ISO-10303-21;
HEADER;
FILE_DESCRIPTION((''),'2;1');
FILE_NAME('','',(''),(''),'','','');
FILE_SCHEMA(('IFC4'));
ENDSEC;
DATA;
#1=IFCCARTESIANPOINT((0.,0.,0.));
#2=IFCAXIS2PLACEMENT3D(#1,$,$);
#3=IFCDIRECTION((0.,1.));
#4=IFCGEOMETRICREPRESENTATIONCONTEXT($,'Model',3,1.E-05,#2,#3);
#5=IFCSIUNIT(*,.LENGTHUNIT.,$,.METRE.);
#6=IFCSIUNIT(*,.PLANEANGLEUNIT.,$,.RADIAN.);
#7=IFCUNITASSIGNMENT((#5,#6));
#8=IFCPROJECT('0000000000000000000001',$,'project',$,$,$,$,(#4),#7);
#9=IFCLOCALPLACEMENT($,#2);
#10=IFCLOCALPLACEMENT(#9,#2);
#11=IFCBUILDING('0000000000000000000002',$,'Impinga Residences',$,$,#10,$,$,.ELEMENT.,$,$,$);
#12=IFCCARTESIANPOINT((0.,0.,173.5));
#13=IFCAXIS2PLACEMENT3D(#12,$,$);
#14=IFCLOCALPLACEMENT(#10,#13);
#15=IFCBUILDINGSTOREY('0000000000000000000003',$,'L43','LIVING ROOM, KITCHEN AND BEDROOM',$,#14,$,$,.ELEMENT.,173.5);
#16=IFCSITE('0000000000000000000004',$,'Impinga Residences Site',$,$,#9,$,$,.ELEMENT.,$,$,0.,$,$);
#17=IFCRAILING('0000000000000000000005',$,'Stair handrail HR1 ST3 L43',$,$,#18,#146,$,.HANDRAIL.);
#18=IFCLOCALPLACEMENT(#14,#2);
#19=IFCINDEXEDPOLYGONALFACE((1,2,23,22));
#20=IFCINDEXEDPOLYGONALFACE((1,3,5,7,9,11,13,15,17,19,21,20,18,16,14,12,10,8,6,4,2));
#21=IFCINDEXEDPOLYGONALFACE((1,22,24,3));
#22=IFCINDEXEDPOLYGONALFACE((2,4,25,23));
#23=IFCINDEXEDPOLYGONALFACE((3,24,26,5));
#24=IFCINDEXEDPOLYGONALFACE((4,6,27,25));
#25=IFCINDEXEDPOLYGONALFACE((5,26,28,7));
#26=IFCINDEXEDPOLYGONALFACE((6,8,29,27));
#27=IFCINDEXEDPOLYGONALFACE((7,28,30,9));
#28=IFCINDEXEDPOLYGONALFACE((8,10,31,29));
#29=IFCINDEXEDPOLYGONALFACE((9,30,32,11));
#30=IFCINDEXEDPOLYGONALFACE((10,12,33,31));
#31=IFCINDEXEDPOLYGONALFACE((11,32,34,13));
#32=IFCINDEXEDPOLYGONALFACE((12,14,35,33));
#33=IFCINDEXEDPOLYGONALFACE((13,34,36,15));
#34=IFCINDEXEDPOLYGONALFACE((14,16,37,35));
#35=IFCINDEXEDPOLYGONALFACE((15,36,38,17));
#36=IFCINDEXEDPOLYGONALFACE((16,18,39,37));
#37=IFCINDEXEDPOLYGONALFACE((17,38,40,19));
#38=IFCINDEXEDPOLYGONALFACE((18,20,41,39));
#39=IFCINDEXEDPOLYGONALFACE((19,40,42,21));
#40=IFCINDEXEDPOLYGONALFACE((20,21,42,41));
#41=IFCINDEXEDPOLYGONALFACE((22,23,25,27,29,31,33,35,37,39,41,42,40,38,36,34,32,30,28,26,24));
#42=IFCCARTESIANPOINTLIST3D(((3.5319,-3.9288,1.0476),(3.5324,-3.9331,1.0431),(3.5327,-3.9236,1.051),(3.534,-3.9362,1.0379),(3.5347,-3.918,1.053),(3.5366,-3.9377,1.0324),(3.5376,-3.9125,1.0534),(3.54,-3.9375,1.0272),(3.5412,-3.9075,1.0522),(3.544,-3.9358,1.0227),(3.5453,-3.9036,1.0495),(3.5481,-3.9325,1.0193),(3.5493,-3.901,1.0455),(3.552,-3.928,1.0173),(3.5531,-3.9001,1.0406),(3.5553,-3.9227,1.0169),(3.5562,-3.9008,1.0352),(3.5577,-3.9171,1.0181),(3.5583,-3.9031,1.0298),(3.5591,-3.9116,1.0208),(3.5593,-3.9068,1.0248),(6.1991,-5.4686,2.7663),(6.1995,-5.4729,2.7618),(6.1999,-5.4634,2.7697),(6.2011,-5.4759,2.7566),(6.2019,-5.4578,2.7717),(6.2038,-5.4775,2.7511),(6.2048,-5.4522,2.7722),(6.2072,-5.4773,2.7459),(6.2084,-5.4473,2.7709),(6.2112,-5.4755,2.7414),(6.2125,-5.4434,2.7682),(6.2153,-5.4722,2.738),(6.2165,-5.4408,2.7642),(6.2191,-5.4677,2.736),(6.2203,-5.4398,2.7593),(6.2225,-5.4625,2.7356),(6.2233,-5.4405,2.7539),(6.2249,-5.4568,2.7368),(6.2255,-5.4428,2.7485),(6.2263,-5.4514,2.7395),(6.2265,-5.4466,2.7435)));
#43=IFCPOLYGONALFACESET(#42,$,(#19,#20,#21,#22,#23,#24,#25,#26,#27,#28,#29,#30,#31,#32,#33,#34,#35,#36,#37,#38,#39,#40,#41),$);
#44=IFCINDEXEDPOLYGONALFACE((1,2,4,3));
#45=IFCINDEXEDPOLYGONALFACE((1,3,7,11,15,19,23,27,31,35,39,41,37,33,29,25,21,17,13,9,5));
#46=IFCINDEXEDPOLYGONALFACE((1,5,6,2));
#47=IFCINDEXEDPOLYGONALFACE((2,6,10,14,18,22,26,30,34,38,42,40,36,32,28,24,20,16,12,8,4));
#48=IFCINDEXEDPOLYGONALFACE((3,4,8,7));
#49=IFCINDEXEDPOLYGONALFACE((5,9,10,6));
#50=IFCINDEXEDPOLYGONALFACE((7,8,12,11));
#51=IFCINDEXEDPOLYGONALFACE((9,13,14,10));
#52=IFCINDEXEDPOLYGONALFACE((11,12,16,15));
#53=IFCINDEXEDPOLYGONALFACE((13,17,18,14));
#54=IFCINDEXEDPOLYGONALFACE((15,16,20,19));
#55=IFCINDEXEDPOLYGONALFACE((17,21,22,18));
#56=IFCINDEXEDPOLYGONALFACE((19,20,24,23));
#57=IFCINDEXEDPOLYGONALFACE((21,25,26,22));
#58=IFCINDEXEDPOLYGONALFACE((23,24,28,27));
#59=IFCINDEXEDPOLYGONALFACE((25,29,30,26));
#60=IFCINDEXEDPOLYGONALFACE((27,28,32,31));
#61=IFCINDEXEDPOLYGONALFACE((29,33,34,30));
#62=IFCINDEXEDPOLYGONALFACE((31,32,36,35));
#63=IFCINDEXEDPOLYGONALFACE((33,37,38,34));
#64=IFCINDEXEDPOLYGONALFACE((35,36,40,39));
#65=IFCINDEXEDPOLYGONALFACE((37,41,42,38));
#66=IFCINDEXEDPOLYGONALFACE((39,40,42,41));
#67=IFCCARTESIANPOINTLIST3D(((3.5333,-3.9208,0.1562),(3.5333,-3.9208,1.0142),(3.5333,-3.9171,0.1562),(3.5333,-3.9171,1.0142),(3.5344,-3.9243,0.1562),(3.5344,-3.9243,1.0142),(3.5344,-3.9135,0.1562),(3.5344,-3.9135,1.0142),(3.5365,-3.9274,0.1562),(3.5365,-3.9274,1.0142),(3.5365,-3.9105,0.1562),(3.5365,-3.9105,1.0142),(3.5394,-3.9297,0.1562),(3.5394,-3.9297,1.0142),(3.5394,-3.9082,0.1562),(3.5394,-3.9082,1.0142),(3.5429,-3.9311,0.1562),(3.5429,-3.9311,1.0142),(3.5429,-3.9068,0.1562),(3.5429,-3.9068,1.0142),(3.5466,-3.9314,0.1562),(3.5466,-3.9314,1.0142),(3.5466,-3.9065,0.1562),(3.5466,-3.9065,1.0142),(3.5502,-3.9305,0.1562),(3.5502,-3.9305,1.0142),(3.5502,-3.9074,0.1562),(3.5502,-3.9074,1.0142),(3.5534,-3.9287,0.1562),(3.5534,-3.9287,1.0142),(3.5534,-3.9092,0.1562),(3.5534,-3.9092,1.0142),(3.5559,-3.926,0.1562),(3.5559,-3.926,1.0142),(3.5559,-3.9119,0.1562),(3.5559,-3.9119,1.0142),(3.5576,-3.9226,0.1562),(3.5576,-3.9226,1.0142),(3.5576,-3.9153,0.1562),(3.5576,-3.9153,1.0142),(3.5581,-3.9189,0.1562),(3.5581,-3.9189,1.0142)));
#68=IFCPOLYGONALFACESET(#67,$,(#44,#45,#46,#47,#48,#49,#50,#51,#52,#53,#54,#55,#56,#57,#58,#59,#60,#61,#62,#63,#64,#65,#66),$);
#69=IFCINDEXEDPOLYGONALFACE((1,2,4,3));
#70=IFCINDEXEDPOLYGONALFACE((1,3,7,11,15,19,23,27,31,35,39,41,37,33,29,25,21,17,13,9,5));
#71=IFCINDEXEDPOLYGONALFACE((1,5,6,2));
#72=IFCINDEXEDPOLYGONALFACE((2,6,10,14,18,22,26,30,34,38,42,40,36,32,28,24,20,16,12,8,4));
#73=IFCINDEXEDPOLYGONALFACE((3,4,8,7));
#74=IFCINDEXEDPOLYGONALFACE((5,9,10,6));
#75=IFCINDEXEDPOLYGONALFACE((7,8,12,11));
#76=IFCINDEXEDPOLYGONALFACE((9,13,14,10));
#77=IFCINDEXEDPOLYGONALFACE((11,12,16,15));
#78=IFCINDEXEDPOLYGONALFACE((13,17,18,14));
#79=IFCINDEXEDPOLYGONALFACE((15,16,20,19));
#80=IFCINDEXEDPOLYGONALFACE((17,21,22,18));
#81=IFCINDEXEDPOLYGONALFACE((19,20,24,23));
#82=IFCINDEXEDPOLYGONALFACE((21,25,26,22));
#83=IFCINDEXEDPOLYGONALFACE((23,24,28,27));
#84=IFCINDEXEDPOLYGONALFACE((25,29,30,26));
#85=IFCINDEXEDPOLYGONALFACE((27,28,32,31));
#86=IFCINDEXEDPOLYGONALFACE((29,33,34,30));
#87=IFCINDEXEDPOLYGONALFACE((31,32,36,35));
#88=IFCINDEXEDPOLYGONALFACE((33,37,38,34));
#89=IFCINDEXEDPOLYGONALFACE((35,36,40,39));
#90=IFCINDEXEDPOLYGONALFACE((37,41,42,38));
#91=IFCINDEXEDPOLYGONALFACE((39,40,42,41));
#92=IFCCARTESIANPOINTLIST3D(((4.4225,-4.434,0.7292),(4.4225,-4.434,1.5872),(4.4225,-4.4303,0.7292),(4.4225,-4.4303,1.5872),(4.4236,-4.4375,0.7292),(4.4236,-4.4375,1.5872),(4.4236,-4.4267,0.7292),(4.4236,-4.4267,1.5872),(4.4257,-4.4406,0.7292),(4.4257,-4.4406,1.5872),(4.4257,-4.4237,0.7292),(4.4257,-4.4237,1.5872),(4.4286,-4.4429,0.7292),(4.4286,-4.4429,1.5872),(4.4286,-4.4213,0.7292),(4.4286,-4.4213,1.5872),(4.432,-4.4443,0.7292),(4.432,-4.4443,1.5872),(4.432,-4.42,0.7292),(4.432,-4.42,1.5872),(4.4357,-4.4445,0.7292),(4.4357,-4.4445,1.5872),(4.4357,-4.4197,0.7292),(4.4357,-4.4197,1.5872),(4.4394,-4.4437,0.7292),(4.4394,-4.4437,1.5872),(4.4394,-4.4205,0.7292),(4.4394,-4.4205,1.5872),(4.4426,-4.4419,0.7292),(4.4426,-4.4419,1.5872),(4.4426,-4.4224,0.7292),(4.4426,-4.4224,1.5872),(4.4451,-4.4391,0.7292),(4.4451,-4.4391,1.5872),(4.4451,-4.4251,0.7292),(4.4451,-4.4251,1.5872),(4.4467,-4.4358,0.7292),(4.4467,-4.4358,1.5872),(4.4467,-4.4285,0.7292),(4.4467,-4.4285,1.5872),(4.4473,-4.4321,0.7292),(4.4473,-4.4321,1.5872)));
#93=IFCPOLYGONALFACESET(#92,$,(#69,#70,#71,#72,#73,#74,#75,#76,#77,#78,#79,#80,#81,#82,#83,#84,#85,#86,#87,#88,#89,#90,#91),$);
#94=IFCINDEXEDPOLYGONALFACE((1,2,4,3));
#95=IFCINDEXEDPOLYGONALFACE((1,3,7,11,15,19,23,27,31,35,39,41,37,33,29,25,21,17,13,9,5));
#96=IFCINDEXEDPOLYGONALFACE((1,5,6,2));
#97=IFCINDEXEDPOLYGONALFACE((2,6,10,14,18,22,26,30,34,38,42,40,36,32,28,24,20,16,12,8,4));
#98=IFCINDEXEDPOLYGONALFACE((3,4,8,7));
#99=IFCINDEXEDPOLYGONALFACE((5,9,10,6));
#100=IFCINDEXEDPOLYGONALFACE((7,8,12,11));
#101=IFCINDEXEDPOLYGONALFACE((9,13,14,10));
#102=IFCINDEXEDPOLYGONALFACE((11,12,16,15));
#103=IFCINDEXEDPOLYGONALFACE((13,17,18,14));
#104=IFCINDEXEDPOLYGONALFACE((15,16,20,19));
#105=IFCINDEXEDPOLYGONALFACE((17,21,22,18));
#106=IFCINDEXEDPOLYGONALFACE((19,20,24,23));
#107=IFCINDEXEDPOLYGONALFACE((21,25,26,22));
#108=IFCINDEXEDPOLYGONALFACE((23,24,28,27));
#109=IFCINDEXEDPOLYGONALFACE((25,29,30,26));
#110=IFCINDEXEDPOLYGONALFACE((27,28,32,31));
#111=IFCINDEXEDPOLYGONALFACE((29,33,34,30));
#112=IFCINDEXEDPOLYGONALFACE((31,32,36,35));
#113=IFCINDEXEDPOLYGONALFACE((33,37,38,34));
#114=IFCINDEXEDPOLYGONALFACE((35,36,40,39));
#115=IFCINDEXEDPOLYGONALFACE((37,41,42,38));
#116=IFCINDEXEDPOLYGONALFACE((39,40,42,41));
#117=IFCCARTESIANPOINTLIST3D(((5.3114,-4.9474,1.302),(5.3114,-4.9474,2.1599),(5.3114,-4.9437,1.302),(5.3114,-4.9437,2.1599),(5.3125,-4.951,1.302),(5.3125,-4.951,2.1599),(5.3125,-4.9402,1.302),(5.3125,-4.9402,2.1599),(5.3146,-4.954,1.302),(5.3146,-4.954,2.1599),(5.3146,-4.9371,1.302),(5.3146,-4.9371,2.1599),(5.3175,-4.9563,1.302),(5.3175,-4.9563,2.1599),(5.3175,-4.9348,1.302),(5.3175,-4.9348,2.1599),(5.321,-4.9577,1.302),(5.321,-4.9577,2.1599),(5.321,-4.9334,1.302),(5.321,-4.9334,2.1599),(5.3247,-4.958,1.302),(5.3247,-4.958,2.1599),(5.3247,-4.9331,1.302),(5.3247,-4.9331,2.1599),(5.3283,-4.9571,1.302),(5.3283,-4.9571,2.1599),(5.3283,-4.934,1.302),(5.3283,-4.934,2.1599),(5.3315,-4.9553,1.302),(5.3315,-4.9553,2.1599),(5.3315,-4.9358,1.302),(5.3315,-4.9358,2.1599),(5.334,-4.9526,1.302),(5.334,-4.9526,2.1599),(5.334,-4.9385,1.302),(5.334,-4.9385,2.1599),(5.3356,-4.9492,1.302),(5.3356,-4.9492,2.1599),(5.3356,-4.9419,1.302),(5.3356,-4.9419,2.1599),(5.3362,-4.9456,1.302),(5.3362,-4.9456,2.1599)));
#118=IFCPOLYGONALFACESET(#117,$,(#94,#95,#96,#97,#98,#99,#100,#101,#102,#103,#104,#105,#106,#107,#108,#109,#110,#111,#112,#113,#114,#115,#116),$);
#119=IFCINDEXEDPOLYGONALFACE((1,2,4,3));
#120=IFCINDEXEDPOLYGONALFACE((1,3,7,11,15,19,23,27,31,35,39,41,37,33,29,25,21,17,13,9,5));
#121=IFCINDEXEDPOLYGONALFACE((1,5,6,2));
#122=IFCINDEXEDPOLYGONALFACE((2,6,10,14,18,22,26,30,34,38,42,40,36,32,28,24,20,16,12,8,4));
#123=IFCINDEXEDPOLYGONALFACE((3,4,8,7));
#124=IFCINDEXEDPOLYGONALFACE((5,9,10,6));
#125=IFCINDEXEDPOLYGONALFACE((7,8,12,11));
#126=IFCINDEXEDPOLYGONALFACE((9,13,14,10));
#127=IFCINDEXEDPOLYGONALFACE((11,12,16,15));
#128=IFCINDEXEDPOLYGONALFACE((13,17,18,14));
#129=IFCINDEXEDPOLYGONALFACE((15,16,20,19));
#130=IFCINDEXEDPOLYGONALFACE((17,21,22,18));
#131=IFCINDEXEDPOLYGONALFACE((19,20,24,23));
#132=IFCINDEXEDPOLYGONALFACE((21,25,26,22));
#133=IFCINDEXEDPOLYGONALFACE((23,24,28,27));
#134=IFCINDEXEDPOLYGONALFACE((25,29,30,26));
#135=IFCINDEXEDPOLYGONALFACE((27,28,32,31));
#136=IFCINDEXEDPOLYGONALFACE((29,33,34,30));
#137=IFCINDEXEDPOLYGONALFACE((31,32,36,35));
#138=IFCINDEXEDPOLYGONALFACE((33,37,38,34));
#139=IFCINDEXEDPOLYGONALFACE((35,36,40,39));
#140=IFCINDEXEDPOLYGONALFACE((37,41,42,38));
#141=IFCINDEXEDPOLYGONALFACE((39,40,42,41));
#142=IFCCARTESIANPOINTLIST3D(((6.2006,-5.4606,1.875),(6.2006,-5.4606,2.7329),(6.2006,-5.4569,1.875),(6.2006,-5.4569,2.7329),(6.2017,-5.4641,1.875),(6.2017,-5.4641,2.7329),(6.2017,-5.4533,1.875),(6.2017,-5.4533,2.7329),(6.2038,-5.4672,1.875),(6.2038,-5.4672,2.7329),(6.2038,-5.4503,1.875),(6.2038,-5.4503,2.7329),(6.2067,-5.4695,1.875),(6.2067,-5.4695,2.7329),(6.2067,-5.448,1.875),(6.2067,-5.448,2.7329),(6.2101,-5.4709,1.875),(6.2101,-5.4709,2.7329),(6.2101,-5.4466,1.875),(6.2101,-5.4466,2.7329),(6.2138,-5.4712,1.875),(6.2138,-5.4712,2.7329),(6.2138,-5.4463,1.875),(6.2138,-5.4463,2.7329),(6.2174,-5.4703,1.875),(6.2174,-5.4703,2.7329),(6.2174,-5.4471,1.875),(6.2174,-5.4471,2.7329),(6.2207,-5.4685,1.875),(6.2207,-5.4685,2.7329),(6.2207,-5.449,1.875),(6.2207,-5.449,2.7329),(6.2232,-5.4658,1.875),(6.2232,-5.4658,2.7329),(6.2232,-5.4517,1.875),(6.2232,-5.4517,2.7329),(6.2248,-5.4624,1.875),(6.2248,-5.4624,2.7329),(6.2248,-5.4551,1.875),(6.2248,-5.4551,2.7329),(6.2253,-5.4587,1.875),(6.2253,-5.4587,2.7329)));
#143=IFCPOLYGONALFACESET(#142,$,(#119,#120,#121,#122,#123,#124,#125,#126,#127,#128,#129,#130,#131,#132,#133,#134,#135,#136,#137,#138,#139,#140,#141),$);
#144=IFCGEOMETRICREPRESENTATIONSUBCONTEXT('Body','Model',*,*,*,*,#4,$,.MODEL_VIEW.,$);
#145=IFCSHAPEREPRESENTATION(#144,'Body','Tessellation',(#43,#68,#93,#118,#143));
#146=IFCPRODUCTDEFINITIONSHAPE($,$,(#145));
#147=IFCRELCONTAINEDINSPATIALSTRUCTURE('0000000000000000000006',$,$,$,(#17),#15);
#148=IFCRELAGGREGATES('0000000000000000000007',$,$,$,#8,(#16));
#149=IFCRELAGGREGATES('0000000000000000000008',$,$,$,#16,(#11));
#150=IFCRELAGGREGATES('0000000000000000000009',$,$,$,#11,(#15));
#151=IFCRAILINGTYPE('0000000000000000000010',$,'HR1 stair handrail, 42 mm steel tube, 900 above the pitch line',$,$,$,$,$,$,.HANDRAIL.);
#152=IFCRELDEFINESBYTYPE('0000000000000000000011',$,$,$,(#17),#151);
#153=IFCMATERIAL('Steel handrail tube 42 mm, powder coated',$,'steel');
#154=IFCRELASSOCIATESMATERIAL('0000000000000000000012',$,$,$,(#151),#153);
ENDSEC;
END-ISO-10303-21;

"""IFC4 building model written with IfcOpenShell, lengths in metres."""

from ifc_helpers import new_model, si_unit, direction, frame, origin, origin_2d, place, context, subcontext, project, spatial, circle, extrude, material, type_object, element, save


model = new_model("IFC4")

# Units and contexts
model_context = context("Model", 3, precision=1e-05, world=origin(), true_north=direction((0.0, 1.0)))
body_context = subcontext(model_context, "Body", "Model", "MODEL_VIEW")
ifc_project = project(units=[si_unit("LENGTHUNIT", "METRE"), si_unit("PLANEANGLEUNIT", "RADIAN")], contexts=[model_context])

# Site, building, storey
site_placement = place(None, origin())
site = spatial("IfcSite", under=ifc_project, at=site_placement, Name="Impinga Residences Site", CompositionType="ELEMENT", RefElevation=0.0)
building_placement = place(site_placement, origin())
building = spatial("IfcBuilding", under=site, at=building_placement, Name="Impinga Residences", CompositionType="ELEMENT")
storey_placement = place(building_placement, frame((0.0, 0.0, 173.5)))
storey = spatial("IfcBuildingStorey", under=building, at=storey_placement, Name="L43", Description="LIVING ROOM, KITCHEN AND BEDROOM", CompositionType="ELEMENT", Elevation=173.5)

# Railing
ifc_material_1 = material(Name="Steel handrail tube 42 mm, powder coated", Category="steel")
railing_type_1 = type_object("IfcRailingType", Name="HR1 stair handrail, 42 mm steel tube, 900 above the pitch line", PredefinedType="HANDRAIL", material=ifc_material_1)
railing_1_placement = place(storey_placement, frame((3.5457, -3.9189, 0.1562)))
element("IfcRailing", 1, at=railing_1_placement, inside=storey, type_object=railing_type_1, Name="Stair handrail HR1 ST3 L43", PredefinedType="HANDRAIL", context=body_context, shape_type="SweptSolid", body=[
    extrude(circle(Radius=0.021, at=origin_2d()), frame((0.0, 0.0, 0.8789), z_axis=(0.756249, -0.436582, 0.487322), x_axis=(0.499967, 0.866044, 0.0)), (0.0, 0.0, 1.0), 3.5269),
    extrude(circle(Radius=0.0125, at=origin_2d()), origin(), (0.0, 0.0, 1.0), 0.8579),
    extrude(circle(Radius=0.0125, at=origin_2d()), frame((0.8892, -0.5132, 0.573)), (0.0, 0.0, 1.0), 0.8579),
    extrude(circle(Radius=0.0125, at=origin_2d()), frame((1.7781, -1.0266, 1.1458)), (0.0, 0.0, 1.0), 0.8579),
    extrude(circle(Radius=0.0125, at=origin_2d()), frame((2.6672, -1.5398, 1.7188)), (0.0, 0.0, 1.0), 0.8579),
])

save(model, "model.ifc")
